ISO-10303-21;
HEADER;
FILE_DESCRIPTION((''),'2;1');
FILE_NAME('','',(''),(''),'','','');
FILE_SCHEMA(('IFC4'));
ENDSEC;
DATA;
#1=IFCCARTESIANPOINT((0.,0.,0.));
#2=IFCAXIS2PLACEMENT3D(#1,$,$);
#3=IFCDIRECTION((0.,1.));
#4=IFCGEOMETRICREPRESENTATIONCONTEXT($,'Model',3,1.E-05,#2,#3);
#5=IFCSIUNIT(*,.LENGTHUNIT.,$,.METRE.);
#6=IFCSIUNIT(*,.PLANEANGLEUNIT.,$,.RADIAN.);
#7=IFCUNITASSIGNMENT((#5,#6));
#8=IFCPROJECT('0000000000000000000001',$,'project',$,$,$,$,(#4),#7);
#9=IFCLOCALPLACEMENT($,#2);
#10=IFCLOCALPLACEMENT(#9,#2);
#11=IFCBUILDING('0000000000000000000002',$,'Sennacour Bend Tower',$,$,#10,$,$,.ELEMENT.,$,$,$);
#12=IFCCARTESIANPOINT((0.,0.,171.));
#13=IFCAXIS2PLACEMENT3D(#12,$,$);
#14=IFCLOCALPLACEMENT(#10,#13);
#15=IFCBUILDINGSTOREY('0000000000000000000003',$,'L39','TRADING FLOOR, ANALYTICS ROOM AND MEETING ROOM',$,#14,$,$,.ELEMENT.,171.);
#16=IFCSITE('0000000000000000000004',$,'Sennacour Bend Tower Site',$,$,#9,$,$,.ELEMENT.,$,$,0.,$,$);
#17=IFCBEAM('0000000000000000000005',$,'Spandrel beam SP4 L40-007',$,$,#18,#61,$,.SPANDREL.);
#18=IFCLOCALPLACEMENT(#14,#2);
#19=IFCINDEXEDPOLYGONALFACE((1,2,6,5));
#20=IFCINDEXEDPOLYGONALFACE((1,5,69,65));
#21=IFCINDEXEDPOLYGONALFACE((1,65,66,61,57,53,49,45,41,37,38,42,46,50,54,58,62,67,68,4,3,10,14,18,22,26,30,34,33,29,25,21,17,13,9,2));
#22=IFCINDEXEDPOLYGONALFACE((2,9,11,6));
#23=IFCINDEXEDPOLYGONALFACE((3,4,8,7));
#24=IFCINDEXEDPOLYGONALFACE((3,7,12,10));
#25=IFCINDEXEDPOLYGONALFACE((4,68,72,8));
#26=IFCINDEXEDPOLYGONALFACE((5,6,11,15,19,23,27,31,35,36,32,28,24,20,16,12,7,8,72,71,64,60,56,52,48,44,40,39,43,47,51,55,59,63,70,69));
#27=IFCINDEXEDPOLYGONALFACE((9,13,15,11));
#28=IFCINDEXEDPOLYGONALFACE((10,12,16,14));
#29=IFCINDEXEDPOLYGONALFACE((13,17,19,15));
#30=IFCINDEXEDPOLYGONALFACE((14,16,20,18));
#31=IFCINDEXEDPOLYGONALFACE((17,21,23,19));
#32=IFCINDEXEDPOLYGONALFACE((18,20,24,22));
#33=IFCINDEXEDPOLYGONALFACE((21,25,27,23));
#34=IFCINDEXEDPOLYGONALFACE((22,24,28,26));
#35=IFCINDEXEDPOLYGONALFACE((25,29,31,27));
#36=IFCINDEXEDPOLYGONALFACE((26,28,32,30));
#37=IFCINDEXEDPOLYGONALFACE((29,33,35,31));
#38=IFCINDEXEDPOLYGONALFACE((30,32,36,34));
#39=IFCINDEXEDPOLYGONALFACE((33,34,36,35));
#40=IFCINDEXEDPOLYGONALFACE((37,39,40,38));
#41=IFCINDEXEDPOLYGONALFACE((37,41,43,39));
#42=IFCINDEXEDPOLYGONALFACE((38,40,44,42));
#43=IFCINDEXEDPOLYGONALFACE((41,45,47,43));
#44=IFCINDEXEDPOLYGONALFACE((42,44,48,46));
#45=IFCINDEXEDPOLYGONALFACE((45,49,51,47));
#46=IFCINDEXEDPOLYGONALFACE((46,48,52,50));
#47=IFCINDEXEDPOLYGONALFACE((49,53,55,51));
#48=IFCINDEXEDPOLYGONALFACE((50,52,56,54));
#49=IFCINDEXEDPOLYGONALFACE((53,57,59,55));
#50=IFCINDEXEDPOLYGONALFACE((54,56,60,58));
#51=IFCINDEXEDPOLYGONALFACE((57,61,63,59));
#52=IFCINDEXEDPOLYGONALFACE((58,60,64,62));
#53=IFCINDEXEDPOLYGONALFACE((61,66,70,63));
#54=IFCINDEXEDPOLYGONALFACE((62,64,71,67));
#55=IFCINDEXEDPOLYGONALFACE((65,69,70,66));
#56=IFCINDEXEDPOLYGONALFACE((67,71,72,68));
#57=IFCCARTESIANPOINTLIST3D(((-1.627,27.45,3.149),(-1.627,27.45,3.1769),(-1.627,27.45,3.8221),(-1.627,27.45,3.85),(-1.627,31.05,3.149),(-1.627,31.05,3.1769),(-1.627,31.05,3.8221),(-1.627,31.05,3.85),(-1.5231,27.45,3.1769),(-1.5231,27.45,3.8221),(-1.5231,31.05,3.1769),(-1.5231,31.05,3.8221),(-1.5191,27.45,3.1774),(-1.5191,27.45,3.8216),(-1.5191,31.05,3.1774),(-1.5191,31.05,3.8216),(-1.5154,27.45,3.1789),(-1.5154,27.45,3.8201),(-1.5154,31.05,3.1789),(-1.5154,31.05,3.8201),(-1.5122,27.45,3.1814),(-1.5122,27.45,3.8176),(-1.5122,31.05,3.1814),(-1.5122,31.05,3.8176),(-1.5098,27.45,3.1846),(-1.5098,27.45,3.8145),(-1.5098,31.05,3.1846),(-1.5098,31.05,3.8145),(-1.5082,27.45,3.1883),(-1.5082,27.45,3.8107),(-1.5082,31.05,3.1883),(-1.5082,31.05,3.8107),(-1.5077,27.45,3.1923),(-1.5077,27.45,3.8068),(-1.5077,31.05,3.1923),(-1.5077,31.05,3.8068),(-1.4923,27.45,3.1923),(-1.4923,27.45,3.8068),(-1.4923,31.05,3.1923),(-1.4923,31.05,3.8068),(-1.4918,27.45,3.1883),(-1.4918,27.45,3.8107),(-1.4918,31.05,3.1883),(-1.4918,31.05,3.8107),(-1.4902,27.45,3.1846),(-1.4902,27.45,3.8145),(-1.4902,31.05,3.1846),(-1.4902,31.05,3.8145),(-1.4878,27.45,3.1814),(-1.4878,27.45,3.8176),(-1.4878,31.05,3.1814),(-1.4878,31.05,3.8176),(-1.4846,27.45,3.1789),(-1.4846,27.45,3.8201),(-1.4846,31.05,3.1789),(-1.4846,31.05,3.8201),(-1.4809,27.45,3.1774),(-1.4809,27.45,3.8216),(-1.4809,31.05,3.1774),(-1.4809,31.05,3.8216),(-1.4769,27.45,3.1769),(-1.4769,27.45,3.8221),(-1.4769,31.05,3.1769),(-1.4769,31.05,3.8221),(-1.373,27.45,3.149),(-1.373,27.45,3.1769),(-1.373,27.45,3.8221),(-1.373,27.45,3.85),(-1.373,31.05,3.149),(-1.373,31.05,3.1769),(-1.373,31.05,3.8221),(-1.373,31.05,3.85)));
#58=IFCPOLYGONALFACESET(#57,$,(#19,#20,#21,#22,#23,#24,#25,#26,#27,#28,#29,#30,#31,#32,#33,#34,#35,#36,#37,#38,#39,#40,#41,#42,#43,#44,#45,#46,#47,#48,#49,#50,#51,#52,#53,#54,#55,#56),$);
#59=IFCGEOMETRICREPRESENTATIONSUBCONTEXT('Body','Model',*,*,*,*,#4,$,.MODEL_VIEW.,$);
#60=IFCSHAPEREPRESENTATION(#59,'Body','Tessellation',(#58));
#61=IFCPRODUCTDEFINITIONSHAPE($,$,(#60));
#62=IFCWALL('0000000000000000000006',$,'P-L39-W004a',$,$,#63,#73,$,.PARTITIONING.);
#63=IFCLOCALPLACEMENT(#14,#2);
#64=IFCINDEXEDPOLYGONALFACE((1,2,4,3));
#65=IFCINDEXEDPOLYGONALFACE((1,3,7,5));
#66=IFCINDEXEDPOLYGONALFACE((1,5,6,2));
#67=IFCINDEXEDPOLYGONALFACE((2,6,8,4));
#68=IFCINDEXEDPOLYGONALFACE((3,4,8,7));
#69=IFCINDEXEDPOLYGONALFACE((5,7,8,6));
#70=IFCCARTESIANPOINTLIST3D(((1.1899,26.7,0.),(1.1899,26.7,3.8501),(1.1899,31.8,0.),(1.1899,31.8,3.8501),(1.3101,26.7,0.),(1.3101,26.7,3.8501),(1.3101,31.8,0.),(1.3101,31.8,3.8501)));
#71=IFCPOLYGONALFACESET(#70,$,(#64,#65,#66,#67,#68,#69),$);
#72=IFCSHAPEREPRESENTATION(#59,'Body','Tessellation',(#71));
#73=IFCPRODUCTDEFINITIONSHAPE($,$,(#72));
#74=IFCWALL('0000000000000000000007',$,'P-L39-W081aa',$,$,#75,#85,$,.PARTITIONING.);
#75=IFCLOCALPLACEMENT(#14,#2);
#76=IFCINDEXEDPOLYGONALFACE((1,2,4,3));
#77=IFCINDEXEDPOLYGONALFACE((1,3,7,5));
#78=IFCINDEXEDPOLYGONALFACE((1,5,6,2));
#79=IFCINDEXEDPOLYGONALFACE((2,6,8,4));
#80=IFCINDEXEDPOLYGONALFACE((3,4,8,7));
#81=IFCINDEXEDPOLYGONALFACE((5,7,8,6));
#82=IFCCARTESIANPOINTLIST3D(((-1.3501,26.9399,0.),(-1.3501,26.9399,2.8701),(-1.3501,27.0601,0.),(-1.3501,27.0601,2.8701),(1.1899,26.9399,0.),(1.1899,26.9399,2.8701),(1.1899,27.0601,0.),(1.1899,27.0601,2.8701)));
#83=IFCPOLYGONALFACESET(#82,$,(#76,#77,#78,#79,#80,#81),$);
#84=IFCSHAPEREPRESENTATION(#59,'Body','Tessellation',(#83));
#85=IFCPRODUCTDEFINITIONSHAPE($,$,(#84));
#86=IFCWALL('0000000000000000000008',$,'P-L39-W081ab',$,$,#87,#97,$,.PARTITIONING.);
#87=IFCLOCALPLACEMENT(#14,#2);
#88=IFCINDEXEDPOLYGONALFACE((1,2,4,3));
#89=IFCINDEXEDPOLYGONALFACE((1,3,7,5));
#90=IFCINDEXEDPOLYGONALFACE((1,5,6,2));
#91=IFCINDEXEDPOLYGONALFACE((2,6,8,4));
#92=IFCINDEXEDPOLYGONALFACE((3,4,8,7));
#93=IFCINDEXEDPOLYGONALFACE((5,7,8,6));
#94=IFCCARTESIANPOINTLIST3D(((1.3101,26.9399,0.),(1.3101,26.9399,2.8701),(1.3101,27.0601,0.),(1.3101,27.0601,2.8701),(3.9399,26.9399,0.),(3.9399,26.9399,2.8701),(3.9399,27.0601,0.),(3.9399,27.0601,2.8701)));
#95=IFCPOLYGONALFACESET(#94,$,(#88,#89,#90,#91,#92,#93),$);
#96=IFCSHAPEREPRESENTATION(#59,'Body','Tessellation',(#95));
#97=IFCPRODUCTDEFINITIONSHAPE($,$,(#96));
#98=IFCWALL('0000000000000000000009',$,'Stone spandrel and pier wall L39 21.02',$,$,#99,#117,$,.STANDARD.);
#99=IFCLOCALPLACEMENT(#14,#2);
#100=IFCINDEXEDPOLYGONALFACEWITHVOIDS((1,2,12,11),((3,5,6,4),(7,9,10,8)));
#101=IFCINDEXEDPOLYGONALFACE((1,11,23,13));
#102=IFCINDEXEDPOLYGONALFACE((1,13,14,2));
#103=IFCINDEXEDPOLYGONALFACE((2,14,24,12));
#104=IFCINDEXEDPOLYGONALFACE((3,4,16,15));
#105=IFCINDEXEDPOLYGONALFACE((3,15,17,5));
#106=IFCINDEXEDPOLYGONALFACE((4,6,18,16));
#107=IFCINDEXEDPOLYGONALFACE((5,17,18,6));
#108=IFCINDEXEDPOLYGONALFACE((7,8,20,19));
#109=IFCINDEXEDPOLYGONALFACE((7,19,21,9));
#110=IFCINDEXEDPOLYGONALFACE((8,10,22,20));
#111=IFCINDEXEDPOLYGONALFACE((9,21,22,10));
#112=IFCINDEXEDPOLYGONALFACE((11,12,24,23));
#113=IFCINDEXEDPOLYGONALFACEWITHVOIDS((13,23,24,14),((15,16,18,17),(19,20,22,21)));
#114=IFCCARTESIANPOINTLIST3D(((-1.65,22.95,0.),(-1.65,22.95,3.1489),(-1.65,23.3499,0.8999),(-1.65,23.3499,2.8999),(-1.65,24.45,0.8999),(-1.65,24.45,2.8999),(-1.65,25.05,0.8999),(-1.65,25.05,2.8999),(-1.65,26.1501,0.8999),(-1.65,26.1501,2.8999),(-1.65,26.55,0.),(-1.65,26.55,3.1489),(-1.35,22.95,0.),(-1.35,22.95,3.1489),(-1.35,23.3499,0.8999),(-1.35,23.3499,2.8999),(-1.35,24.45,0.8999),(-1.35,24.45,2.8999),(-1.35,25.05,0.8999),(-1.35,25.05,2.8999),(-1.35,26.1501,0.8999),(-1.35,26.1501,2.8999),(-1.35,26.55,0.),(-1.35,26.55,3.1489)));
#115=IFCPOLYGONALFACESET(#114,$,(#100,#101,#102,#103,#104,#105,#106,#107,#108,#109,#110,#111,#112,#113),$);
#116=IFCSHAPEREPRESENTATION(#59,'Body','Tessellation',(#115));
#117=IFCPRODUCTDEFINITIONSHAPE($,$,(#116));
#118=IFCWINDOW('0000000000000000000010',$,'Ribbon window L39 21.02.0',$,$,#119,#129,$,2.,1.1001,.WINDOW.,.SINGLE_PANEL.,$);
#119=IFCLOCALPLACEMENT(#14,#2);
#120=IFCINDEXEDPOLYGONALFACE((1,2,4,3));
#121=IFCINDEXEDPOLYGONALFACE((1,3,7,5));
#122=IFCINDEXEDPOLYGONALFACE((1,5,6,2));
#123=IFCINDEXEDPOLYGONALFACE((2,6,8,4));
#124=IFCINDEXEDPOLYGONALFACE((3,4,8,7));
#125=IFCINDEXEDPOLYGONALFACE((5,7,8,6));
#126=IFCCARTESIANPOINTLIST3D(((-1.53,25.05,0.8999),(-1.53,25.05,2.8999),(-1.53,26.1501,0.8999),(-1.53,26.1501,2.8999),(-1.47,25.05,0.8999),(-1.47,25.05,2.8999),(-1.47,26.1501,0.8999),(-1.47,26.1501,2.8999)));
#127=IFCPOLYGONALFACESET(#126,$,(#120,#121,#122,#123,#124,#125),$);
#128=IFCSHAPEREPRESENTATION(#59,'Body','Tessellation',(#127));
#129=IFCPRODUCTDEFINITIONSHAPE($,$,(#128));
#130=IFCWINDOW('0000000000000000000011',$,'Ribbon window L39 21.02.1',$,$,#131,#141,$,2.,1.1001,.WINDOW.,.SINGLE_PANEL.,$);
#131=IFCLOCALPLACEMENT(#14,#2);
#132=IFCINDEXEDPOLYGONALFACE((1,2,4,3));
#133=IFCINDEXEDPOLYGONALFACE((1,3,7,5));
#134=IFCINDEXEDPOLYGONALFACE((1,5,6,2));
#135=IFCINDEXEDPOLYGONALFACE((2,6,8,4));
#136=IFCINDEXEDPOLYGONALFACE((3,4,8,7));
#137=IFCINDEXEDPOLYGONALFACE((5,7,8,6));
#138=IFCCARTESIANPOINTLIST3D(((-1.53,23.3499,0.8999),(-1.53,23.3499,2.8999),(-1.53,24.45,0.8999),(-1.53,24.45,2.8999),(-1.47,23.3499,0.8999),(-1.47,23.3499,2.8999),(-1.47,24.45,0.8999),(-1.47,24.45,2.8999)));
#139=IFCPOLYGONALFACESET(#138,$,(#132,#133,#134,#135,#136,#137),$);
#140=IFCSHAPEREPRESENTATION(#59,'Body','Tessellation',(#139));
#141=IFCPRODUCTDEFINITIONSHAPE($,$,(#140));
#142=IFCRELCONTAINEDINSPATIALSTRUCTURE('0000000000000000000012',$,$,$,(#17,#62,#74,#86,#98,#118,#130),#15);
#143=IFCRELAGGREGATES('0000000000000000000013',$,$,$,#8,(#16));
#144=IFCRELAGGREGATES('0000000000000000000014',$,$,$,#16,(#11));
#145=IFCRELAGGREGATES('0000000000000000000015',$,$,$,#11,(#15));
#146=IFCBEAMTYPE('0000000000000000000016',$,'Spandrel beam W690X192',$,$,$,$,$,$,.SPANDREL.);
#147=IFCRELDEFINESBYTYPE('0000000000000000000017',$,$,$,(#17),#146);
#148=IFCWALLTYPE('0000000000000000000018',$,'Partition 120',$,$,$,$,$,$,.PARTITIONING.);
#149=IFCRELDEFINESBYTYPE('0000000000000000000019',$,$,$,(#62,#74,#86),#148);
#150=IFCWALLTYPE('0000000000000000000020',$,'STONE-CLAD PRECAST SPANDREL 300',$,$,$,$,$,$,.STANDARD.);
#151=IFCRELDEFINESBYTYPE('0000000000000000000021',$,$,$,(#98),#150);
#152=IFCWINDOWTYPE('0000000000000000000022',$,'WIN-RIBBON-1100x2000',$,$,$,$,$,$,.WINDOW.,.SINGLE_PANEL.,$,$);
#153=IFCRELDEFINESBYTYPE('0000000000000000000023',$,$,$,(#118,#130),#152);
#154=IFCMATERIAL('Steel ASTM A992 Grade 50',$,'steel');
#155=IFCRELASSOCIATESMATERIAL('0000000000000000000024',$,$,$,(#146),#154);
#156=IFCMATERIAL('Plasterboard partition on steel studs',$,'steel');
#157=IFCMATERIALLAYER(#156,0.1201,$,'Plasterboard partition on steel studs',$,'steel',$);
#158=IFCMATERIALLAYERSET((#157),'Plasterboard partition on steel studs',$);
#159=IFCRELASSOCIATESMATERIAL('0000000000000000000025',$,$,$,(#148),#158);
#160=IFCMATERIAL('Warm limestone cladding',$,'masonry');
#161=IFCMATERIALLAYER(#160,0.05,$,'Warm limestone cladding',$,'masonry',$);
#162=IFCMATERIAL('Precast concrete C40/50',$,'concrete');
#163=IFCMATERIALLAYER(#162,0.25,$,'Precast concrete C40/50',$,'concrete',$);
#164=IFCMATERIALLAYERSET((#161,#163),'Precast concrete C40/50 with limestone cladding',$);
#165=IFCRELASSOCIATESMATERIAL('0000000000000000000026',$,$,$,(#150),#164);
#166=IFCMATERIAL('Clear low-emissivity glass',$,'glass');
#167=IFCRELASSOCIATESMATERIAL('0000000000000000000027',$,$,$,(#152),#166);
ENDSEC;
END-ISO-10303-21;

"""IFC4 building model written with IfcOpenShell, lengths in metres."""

from ifc_helpers import new_model, si_unit, direction, frame, frame_2d, origin, origin_2d, place, context, subcontext, project, spatial, rectangle, i_section, extrude, material, layer, layer_set, material_profile, profile_set, type_object, element, fill, save


model = new_model("IFC4")

# Units and contexts
model_context = context("Model", 3, precision=1e-05, world=origin(), true_north=direction((0.0, 1.0)))
body_context = subcontext(model_context, "Body", "Model", "MODEL_VIEW")
ifc_project = project(units=[si_unit("LENGTHUNIT", "METRE"), si_unit("PLANEANGLEUNIT", "RADIAN")], contexts=[model_context])

# Site, building, storey
site_placement = place(None, origin())
site = spatial("IfcSite", under=ifc_project, at=site_placement, Name="Sennacour Bend Tower Site", CompositionType="ELEMENT", RefElevation=0.0)
building_placement = place(site_placement, origin())
building = spatial("IfcBuilding", under=site, at=building_placement, Name="Sennacour Bend Tower", CompositionType="ELEMENT")
storey_placement = place(building_placement, frame((0.0, 0.0, 171.0)))
storey = spatial("IfcBuildingStorey", under=building, at=storey_placement, Name="L39", Description="TRADING FLOOR, ANALYTICS ROOM AND MEETING ROOM", CompositionType="ELEMENT", Elevation=171.0)

# Beam
ifc_material_1 = material(Name="Steel ASTM A992 Grade 50", Category="steel")
ifc_material_profile_1 = material_profile(ifc_material_1, i_section(OverallWidth=0.2539, OverallDepth=0.7009, WebThickness=0.0154, FlangeThickness=0.0278, FilletRadius=0.0154, at=origin_2d()), Name="Steel ASTM A992 Grade 50", Category="steel")
ifc_profile_set_1 = profile_set([ifc_material_profile_1], Name="Steel ASTM A992 Grade 50")
beam_type_1 = type_object("IfcBeamType", Name="Spandrel beam W690X192", PredefinedType="SPANDREL", material=ifc_profile_set_1)
for number, where, z_axis, x_axis, name in (
    (1, (-1.5, 27.45, 3.4995), (0.0, 1.0, 0.0), (-1.0, 0.0, 0.0), "Spandrel beam SP4 L40-007"),
):
    element("IfcBeam", number, at=place(storey_placement, frame(where, z_axis=z_axis, x_axis=x_axis)), inside=storey, type_object=beam_type_1, Name=name, PredefinedType="SPANDREL", context=body_context, shape_type="SweptSolid", body=[
        extrude(i_section(OverallWidth=0.2539, OverallDepth=0.7009, WebThickness=0.0154, FlangeThickness=0.0278, FilletRadius=0.0154, at=origin_2d()), origin(), (0.0, 0.0, 1.0), 3.6001),
    ])

# Walls
ifc_material_2 = material(Name="Plasterboard partition on steel studs", Category="steel")
ifc_layer_1 = layer(ifc_material_2, 0.1201, Name="Plasterboard partition on steel studs", Category="steel")
ifc_layer_set_1 = layer_set([ifc_layer_1], Name="Plasterboard partition on steel studs")
wall_type_1 = type_object("IfcWallType", Name="Partition 120", PredefinedType="PARTITIONING", material=ifc_layer_set_1)
wall_1_placement = place(storey_placement, frame((1.25, 26.7, 0.0), z_axis=(0.0, 0.0, 1.0), x_axis=(0.0, 1.0, 0.0)))
element("IfcWall", 2, at=wall_1_placement, inside=storey, type_object=wall_type_1, Name="P-L39-W004a", PredefinedType="PARTITIONING", context=body_context, shape_type="SweptSolid", body=[
    extrude(rectangle(XDim=5.1001, YDim=0.1201, at=frame_2d((2.55, 0.0))), origin(), (0.0, 0.0, 1.0), 3.8501),
])
wall_2_placement = place(storey_placement, frame((-1.3501, 27.0, 0.0), z_axis=(0.0, 0.0, 1.0), x_axis=(1.0, 0.0, 0.0)))
element("IfcWall", 3, at=wall_2_placement, inside=storey, type_object=wall_type_1, Name="P-L39-W081aa", PredefinedType="PARTITIONING", context=body_context, shape_type="SweptSolid", body=[
    extrude(rectangle(XDim=2.54, YDim=0.1201, at=frame_2d((1.27, 0.0))), origin(), (0.0, 0.0, 1.0), 2.8701),
])
wall_3_placement = place(storey_placement, frame((1.3101, 27.0, 0.0), z_axis=(0.0, 0.0, 1.0), x_axis=(1.0, 0.0, 0.0)))
element("IfcWall", 4, at=wall_3_placement, inside=storey, type_object=wall_type_1, Name="P-L39-W081ab", PredefinedType="PARTITIONING", context=body_context, shape_type="SweptSolid", body=[
    extrude(rectangle(XDim=2.6299, YDim=0.1201, at=frame_2d((1.3149, 0.0))), origin(), (0.0, 0.0, 1.0), 2.8701),
])

# Wall, openings, windows
ifc_material_3 = material(Name="Warm limestone cladding", Category="masonry")
ifc_layer_2 = layer(ifc_material_3, 0.05, Name="Warm limestone cladding", Category="masonry")
ifc_material_4 = material(Name="Precast concrete C40/50", Category="concrete")
ifc_layer_3 = layer(ifc_material_4, 0.25, Name="Precast concrete C40/50", Category="concrete")
ifc_layer_set_2 = layer_set([ifc_layer_2, ifc_layer_3], Name="Precast concrete C40/50 with limestone cladding")
wall_type_2 = type_object("IfcWallType", Name="STONE-CLAD PRECAST SPANDREL 300", PredefinedType="STANDARD", material=ifc_layer_set_2)
wall_4_placement = place(storey_placement, frame((-1.5, 26.55, 0.0), z_axis=(0.0, 0.0, 1.0), x_axis=(0.0, -1.0, 0.0)))
wall_4 = element("IfcWall", 5, at=wall_4_placement, inside=storey, type_object=wall_type_2, Name="Stone spandrel and pier wall L39 21.02", PredefinedType="STANDARD", context=body_context, shape_type="SweptSolid", body=[
    extrude(rectangle(XDim=3.6001, YDim=0.3, at=frame_2d((1.8, 0.0))), origin(), (0.0, 0.0, 1.0), 3.1489),
])
opening_1_placement = place(wall_4_placement, frame((0.3999, 0.0, 0.8999)))
opening_1 = element("IfcOpeningElement", 6, at=opening_1_placement, cuts=wall_4, PredefinedType="OPENING", context=body_context, shape_type="SweptSolid", body=[
    extrude(rectangle(XDim=1.1001, YDim=2.0, at=frame_2d((0.55, 1.0))), frame((0.0, 0.1602, 0.0), z_axis=(0.0, -1.0, 0.0), x_axis=(1.0, 0.0, 0.0)), (0.0, 0.0, 1.0), 0.3201),
])
opening_2_placement = place(wall_4_placement, frame((2.1001, 0.0, 0.8999)))
opening_2 = element("IfcOpeningElement", 7, at=opening_2_placement, cuts=wall_4, PredefinedType="OPENING", context=body_context, shape_type="SweptSolid", body=[
    extrude(rectangle(XDim=1.1001, YDim=2.0, at=frame_2d((0.55, 1.0))), frame((0.0, 0.1602, 0.0), z_axis=(0.0, -1.0, 0.0), x_axis=(1.0, 0.0, 0.0)), (0.0, 0.0, 1.0), 0.3201),
])
ifc_material_5 = material(Name="Clear low-emissivity glass", Category="glass")
window_type = type_object("IfcWindowType", Name="WIN-RIBBON-1100x2000", PartitioningType="SINGLE_PANEL", PredefinedType="WINDOW", material=ifc_material_5)
window_1_placement = place(opening_1_placement, origin())
window_1 = element("IfcWindow", 8, at=window_1_placement, inside=storey, type_object=window_type, Name="Ribbon window L39 21.02.0", OverallHeight=2.0, OverallWidth=1.1001, PartitioningType="SINGLE_PANEL", PredefinedType="WINDOW", context=body_context, shape_type="SweptSolid", body=[
    extrude(rectangle(XDim=1.1001, YDim=2.0, at=frame_2d((0.55, 1.0))), frame((0.0, 0.03, 0.0), z_axis=(0.0, -1.0, 0.0), x_axis=(1.0, 0.0, 0.0)), (0.0, 0.0, 1.0), 0.0601),
])
fill(opening_1, window_1)
window_2_placement = place(opening_2_placement, origin())
window_2 = element("IfcWindow", 9, at=window_2_placement, inside=storey, type_object=window_type, Name="Ribbon window L39 21.02.1", OverallHeight=2.0, OverallWidth=1.1001, PartitioningType="SINGLE_PANEL", PredefinedType="WINDOW", context=body_context, shape_type="SweptSolid", body=[
    extrude(rectangle(XDim=1.1001, YDim=2.0, at=frame_2d((0.55, 1.0))), frame((0.0, 0.03, 0.0), z_axis=(0.0, -1.0, 0.0), x_axis=(1.0, 0.0, 0.0)), (0.0, 0.0, 1.0), 0.0601),
])
fill(opening_2, window_2)

save(model, "model.ifc")
